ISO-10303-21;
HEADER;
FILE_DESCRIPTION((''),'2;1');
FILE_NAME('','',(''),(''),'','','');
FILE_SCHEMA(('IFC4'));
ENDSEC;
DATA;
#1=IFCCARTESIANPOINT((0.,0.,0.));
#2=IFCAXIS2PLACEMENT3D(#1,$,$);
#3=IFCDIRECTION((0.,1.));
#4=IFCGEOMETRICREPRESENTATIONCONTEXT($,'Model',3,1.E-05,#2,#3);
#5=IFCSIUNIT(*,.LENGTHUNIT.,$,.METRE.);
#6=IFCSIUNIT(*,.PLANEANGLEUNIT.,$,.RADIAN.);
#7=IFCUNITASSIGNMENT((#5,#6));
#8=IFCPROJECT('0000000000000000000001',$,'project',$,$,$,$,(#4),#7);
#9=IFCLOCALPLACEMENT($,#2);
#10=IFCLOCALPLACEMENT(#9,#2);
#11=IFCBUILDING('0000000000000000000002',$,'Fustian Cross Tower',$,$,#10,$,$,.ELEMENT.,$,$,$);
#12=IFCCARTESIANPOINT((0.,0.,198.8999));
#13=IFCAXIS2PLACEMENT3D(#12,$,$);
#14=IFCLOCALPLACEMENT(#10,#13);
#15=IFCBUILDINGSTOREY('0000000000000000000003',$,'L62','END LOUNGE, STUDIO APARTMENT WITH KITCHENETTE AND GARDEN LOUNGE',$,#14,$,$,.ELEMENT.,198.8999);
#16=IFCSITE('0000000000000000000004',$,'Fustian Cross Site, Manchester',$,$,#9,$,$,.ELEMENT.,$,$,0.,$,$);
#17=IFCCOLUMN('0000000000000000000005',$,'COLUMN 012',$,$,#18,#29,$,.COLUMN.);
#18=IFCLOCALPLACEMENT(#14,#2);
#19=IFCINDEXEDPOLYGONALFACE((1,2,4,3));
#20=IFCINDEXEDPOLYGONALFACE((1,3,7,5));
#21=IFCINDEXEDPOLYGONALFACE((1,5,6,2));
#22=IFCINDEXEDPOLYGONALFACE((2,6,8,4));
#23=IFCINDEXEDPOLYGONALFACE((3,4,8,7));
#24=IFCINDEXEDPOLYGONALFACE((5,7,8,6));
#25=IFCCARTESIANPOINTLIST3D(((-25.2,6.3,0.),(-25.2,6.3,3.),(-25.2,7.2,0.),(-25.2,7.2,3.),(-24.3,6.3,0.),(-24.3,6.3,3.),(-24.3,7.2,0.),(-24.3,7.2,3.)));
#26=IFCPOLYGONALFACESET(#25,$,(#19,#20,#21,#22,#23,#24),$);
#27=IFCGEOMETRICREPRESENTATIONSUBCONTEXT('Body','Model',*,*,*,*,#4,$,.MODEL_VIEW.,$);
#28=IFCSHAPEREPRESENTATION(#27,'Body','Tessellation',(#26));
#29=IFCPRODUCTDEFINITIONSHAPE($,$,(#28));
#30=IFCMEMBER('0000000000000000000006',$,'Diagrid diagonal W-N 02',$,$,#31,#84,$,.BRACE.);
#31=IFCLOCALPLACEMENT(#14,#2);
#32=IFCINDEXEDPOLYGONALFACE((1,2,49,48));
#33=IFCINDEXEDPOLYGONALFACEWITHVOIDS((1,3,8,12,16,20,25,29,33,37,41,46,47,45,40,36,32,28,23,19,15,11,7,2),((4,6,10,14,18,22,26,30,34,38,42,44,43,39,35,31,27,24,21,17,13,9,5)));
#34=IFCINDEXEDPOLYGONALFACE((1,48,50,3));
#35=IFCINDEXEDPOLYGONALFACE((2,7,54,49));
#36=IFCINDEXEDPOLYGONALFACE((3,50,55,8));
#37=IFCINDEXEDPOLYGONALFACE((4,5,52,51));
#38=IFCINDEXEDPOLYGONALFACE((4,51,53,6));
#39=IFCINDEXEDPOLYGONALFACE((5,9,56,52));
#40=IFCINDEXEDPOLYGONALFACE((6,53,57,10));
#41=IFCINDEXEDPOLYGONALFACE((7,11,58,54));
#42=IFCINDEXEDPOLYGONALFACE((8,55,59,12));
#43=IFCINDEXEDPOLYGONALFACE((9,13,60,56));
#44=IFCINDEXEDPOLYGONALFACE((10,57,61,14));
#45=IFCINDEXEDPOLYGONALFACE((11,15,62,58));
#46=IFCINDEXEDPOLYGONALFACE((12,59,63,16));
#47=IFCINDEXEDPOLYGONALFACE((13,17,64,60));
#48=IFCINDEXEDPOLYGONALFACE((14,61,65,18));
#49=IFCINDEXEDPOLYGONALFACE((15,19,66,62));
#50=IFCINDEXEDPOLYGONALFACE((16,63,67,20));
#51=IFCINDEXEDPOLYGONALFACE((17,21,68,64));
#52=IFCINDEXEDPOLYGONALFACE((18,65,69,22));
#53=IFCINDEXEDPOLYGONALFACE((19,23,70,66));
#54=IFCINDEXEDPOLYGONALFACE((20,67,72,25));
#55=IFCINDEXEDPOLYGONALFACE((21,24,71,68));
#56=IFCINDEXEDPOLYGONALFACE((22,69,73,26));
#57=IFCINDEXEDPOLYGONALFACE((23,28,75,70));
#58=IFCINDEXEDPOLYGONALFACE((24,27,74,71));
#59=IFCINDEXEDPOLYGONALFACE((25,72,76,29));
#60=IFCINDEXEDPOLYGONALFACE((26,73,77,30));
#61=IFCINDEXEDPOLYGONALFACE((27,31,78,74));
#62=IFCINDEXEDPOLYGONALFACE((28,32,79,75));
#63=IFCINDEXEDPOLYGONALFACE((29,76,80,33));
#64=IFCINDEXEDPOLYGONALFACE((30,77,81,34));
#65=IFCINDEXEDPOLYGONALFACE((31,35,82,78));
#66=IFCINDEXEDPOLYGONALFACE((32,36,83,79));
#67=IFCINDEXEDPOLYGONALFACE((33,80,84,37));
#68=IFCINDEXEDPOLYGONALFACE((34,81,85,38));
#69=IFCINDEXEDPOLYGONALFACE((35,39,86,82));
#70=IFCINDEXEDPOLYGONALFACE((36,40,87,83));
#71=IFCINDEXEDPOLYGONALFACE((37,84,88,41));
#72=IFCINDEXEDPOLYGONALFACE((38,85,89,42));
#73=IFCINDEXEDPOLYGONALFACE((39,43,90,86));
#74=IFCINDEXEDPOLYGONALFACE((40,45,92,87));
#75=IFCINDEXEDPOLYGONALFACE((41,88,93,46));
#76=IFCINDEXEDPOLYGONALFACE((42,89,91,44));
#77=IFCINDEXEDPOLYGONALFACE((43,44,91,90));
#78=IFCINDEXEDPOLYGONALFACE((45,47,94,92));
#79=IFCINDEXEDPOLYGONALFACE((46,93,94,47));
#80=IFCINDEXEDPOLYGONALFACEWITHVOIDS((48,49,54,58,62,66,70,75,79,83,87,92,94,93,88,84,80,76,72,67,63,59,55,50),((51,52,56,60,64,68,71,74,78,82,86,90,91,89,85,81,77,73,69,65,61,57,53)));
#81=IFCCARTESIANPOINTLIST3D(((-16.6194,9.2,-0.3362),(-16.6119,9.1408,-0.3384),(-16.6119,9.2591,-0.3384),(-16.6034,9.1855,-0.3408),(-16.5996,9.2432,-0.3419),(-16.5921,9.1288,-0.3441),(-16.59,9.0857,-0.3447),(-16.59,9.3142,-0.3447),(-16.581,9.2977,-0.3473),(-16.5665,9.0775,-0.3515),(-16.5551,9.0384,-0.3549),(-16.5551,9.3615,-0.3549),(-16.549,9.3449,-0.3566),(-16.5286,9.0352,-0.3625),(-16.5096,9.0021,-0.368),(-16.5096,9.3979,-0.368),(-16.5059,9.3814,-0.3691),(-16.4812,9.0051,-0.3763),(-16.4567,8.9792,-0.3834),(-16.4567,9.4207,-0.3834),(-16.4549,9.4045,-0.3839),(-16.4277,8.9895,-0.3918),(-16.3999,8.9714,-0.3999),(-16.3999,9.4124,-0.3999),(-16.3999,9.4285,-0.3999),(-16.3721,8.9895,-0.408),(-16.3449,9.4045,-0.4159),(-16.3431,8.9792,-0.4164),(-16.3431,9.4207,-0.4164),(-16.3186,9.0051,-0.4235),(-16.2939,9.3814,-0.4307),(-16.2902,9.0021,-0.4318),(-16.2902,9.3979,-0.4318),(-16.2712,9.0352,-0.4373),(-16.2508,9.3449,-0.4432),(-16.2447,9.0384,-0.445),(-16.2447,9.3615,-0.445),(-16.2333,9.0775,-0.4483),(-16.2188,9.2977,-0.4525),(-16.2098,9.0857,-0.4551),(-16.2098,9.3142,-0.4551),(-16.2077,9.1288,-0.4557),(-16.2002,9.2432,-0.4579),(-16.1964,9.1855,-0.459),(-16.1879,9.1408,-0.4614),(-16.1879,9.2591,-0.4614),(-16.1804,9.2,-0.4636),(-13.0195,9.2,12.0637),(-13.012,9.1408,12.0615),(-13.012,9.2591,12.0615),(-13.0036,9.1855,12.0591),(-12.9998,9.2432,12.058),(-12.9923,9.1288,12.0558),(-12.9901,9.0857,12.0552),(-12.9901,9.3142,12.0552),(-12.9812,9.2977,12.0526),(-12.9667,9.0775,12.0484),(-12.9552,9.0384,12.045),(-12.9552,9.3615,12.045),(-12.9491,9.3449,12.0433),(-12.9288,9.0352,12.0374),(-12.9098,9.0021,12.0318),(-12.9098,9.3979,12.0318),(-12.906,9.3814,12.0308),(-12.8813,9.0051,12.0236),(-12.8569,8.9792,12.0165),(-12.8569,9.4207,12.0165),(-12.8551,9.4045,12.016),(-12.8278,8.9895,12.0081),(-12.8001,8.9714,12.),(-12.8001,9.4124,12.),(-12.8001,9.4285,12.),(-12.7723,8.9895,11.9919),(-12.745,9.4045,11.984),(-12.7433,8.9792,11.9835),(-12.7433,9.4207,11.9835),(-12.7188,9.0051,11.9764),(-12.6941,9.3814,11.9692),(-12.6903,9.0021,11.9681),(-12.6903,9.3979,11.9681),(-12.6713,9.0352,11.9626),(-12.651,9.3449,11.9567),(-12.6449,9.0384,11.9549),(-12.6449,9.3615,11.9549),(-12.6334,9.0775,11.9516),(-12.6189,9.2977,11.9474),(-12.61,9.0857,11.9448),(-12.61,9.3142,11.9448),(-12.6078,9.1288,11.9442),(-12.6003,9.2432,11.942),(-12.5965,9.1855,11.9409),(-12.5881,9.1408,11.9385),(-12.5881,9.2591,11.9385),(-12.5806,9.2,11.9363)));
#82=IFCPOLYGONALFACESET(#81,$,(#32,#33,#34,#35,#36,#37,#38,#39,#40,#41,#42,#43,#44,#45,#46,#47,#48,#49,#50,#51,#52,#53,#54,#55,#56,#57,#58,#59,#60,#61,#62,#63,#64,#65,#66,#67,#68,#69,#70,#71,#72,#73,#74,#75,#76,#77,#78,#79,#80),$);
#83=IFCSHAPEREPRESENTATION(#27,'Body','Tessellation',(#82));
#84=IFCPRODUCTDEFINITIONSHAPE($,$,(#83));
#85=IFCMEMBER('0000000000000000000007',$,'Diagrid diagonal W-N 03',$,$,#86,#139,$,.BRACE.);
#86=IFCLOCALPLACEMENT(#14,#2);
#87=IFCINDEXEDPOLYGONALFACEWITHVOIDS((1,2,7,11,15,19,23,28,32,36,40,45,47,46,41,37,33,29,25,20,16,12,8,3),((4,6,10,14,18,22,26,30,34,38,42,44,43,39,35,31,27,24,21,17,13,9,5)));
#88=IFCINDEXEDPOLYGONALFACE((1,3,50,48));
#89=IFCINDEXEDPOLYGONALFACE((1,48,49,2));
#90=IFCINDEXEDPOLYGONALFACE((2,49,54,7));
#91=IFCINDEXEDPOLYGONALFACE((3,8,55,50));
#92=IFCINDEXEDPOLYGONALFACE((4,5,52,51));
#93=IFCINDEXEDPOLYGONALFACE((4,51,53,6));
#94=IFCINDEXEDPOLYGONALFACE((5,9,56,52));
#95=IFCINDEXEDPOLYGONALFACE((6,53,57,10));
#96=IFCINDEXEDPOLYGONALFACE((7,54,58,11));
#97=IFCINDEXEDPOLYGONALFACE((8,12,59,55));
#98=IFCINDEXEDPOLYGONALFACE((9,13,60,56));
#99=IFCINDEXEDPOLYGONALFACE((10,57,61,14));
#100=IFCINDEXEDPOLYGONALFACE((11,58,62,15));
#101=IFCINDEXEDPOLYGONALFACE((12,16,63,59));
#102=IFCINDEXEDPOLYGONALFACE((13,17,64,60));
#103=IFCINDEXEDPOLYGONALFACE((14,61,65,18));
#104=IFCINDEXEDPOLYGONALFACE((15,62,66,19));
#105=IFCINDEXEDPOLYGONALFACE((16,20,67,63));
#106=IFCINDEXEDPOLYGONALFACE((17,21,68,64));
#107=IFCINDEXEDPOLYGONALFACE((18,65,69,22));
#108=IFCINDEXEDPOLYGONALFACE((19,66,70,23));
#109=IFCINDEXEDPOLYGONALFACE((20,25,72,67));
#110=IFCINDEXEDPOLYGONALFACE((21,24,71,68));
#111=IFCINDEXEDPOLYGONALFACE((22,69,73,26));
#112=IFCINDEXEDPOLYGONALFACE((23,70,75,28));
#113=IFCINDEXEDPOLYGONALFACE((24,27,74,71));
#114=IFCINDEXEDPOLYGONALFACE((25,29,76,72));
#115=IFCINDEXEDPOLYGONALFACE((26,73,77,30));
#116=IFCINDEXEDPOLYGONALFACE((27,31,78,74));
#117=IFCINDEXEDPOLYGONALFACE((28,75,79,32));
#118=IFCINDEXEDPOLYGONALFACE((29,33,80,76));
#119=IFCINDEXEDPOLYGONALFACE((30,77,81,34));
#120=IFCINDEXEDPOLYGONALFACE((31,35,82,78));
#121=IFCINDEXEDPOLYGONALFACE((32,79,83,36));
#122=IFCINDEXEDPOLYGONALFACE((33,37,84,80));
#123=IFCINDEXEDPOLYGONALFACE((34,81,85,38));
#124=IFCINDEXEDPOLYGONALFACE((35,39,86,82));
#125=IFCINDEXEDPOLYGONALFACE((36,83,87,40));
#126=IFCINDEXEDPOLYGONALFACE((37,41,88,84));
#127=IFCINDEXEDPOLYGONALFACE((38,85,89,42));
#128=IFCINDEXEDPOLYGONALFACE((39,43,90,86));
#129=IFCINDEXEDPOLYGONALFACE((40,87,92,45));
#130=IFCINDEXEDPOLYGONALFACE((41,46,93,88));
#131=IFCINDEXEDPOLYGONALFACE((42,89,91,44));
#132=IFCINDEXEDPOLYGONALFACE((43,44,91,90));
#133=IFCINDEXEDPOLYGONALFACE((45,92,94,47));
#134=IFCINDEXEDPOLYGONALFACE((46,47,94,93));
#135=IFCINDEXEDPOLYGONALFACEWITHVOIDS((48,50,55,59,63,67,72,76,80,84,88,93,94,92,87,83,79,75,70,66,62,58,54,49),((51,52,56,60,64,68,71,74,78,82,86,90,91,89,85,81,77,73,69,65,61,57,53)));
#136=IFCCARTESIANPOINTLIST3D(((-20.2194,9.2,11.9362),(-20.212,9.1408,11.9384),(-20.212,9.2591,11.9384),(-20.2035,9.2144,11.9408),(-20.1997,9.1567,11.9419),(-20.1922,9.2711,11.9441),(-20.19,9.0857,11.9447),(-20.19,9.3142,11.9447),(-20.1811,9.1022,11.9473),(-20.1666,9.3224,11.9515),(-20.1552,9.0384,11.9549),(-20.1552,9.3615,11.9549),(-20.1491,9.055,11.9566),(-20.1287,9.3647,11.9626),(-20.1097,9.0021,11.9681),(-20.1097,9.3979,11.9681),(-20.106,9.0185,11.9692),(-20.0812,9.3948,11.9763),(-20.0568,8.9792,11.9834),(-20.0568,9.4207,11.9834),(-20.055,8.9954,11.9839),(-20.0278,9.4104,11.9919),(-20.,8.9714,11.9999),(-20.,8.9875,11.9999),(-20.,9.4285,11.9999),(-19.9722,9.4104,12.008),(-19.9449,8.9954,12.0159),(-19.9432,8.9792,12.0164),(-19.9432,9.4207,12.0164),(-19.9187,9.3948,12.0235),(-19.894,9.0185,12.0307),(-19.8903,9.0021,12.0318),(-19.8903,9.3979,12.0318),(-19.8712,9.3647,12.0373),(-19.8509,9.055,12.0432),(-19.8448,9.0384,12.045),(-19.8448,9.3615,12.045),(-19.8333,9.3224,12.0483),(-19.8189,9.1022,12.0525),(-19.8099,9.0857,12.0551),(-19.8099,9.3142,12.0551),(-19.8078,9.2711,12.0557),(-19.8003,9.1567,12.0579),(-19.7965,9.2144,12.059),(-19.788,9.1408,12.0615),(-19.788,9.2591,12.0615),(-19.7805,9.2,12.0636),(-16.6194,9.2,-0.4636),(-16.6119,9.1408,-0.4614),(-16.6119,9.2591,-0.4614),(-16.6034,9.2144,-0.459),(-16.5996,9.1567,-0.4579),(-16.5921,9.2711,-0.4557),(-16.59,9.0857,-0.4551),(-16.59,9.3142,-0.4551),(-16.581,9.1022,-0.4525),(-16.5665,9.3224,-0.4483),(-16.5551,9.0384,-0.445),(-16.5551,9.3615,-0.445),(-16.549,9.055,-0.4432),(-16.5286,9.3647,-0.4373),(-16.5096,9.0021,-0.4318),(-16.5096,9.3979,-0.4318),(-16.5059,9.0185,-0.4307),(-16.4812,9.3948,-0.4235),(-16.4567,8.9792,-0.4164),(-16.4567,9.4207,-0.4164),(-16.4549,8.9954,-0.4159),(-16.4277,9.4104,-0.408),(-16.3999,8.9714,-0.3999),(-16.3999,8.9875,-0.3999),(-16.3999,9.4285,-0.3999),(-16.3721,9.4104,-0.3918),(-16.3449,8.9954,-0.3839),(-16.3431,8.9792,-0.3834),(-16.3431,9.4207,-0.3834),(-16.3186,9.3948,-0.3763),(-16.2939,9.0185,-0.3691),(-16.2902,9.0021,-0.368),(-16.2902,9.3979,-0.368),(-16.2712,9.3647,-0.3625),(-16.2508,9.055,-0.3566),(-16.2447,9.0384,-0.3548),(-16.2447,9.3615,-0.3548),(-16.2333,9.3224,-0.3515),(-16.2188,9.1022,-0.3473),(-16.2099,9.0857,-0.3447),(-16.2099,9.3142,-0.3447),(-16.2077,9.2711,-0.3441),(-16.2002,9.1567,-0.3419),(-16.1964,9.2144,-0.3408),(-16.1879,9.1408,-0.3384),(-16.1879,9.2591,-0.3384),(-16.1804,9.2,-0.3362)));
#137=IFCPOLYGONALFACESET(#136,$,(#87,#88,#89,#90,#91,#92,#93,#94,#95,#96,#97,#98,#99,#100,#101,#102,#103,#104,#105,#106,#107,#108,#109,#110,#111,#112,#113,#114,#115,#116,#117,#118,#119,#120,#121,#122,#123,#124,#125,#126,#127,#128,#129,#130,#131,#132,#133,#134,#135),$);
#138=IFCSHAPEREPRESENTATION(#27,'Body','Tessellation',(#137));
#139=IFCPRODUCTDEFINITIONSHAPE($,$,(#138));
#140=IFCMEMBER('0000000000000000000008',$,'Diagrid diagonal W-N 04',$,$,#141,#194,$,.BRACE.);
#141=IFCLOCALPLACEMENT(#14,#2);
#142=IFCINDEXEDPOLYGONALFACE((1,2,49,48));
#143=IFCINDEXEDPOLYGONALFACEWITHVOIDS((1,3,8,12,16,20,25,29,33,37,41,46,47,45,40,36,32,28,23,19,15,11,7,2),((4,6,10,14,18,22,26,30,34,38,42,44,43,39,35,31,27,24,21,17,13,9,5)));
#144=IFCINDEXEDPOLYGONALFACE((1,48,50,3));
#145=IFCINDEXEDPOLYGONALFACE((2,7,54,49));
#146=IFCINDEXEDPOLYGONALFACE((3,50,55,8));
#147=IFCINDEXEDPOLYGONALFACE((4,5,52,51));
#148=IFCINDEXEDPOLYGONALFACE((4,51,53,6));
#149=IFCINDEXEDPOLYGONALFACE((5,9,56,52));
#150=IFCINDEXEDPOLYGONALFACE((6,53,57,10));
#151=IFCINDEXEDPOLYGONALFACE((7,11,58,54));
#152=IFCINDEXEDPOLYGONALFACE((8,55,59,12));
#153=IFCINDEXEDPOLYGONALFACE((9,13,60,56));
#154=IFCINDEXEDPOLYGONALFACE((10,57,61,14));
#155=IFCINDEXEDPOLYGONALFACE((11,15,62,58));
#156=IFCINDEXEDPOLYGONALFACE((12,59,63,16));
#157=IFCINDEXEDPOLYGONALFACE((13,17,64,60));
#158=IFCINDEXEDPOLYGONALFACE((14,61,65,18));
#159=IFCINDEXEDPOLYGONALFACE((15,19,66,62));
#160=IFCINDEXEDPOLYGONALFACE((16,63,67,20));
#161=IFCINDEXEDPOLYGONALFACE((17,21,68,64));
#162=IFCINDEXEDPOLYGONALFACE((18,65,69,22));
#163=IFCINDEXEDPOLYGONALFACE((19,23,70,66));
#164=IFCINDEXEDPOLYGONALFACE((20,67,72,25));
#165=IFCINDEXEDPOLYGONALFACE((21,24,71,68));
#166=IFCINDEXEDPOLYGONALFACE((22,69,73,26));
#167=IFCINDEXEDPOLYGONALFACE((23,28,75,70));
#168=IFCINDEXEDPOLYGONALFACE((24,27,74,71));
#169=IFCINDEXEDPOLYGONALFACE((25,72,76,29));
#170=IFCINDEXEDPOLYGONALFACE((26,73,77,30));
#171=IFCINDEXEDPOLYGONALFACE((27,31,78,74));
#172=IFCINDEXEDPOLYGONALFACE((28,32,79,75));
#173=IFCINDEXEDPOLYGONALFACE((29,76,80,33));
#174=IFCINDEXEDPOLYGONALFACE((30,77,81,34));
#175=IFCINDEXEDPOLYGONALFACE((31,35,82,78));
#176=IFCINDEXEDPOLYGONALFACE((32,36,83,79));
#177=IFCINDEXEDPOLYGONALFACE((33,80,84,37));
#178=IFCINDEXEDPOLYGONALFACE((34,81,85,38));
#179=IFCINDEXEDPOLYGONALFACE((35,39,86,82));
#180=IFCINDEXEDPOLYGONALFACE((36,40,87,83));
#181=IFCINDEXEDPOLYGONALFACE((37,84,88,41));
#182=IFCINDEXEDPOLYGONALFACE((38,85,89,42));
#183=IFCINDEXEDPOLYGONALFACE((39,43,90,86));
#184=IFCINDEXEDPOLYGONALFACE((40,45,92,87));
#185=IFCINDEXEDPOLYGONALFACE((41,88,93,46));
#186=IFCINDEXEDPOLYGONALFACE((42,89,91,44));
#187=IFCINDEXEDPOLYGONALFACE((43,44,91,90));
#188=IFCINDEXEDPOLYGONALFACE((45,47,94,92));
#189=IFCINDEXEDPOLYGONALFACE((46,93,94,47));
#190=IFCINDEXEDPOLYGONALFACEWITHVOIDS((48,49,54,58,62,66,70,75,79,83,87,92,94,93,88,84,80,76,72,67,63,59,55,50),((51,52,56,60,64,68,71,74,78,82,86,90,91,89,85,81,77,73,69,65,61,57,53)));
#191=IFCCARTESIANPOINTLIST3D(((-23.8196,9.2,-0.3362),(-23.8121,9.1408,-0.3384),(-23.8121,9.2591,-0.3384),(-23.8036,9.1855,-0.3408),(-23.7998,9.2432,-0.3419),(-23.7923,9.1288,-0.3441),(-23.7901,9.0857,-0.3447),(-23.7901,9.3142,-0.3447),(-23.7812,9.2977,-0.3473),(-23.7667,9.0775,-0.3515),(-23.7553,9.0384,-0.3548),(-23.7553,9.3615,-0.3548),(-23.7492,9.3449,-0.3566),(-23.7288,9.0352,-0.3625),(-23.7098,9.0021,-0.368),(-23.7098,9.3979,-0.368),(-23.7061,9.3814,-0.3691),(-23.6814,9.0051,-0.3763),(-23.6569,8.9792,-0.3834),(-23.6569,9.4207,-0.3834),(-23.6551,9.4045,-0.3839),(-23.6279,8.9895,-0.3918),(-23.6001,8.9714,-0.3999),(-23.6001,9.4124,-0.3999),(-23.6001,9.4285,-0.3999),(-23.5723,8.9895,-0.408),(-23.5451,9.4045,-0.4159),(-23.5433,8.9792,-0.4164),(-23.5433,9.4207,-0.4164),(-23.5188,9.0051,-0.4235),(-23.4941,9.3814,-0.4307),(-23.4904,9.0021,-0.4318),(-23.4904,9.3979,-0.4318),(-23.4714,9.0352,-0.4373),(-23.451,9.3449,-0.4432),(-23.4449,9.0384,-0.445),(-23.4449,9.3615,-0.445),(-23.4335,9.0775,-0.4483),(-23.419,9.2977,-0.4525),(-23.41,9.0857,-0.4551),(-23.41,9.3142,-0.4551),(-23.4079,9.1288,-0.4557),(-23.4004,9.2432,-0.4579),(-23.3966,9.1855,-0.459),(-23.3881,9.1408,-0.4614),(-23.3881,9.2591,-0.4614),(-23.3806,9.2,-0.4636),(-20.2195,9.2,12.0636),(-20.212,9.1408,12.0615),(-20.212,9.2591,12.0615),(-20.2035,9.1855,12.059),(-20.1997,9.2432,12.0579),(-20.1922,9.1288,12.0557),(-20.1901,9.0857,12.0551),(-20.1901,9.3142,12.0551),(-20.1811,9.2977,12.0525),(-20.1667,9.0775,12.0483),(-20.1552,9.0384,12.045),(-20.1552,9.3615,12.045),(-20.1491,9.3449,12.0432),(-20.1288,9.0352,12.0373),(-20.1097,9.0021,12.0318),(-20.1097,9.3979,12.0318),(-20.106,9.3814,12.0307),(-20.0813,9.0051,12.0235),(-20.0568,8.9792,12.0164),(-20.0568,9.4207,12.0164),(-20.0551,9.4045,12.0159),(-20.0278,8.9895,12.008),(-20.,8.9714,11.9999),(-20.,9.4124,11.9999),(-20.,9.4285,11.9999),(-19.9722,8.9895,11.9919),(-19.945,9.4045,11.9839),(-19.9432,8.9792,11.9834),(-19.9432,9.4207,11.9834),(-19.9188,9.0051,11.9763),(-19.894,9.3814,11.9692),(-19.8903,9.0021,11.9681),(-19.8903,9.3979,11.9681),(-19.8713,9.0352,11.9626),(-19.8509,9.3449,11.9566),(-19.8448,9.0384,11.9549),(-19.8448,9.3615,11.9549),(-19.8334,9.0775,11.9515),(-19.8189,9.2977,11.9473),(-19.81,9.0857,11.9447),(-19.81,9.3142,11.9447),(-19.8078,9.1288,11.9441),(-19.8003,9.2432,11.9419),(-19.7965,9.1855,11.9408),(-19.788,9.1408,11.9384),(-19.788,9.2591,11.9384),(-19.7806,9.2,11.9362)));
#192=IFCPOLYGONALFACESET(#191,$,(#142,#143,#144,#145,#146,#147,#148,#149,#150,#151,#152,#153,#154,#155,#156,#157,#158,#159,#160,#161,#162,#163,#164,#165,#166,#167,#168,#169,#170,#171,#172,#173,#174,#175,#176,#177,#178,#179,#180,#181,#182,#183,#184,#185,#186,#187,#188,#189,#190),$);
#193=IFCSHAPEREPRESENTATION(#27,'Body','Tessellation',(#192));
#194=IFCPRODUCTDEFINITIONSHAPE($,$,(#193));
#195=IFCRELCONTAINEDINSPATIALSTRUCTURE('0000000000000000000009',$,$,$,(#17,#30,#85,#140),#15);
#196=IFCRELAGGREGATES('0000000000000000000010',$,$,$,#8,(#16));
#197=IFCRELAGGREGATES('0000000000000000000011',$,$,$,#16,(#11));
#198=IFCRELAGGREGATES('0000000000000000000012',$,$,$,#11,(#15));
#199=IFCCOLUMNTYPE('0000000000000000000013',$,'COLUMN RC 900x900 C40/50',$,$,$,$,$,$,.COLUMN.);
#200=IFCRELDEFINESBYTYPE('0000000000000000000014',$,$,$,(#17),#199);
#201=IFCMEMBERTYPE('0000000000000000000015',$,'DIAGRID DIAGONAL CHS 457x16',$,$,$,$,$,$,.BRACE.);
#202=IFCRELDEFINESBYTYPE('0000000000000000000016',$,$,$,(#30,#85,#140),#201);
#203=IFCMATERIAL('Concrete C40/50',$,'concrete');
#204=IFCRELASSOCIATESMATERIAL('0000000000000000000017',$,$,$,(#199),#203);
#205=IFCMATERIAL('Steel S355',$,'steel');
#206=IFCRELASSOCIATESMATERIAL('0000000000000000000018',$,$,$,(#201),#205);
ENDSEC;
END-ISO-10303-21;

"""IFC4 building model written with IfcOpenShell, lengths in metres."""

from ifc_helpers import new_model, si_unit, direction, frame, origin, origin_2d, place, context, subcontext, project, spatial, rectangle, hollow_circle, extrude, material, material_profile, profile_set, type_object, element, save


model = new_model("IFC4")

# Units and contexts
model_context = context("Model", 3, precision=1e-05, world=origin(), true_north=direction((0.0, 1.0)))
body_context = subcontext(model_context, "Body", "Model", "MODEL_VIEW")
ifc_project = project(units=[si_unit("LENGTHUNIT", "METRE"), si_unit("PLANEANGLEUNIT", "RADIAN")], contexts=[model_context])

# Site, building, storey
site_placement = place(None, origin())
site = spatial("IfcSite", under=ifc_project, at=site_placement, Name="Fustian Cross Site, Manchester", CompositionType="ELEMENT", RefElevation=0.0)
building_placement = place(site_placement, origin())
building = spatial("IfcBuilding", under=site, at=building_placement, Name="Fustian Cross Tower", CompositionType="ELEMENT")
storey_placement = place(building_placement, frame((0.0, 0.0, 198.8999)))
storey = spatial("IfcBuildingStorey", under=building, at=storey_placement, Name="L62", Description="END LOUNGE, STUDIO APARTMENT WITH KITCHENETTE AND GARDEN LOUNGE", CompositionType="ELEMENT", Elevation=198.8999)

# Column
ifc_material_1 = material(Name="Concrete C40/50", Category="concrete")
ifc_material_profile_1 = material_profile(ifc_material_1, rectangle(XDim=0.8999, YDim=0.8999, at=origin_2d()), Name="RC 900x900")
ifc_profile_set_1 = profile_set([ifc_material_profile_1], Name="Concrete C40/50")
column_type = type_object("IfcColumnType", Name="COLUMN RC 900x900 C40/50", PredefinedType="COLUMN", material=ifc_profile_set_1)
column_placement = place(storey_placement, frame((-24.75, 6.75, 0.0), z_axis=(0.0, 0.0, 1.0), x_axis=(1.0, 0.0, 0.0)))
element("IfcColumn", 1, at=column_placement, inside=storey, type_object=column_type, Name="COLUMN 012", PredefinedType="COLUMN", context=body_context, shape_type="SweptSolid", body=[
    extrude(rectangle(XDim=0.8999, YDim=0.8999, at=origin_2d()), origin(), (0.0, 0.0, 1.0), 3.0),
])

# Members
ifc_material_2 = material(Name="Steel S355", Category="steel")
ifc_material_profile_2 = material_profile(ifc_material_2, hollow_circle(Radius=0.2285, WallThickness=0.0161, at=origin_2d()), Name="CHS 457x16")
ifc_profile_set_2 = profile_set([ifc_material_profile_2], Name="Steel S355")
member_type_1 = type_object("IfcMemberType", Name="DIAGRID DIAGONAL CHS 457x16", PredefinedType="BRACE", material=ifc_profile_set_2)
for number, where, z_axis, x_axis, name in (
    (2, (-16.3999, 9.2, -0.3999), (0.278802, 0.0, 0.960349), (0.0, 1.0, 0.0), "Diagrid diagonal W-N 02"),
    (3, (-16.3999, 9.2, -0.3999), (-0.278819, 0.0, 0.960344), (0.0, -1.0, 0.0), "Diagrid diagonal W-N 03"),
    (4, (-23.6001, 9.2, -0.3999), (0.278819, 0.0, 0.960344), (0.0, 1.0, 0.0), "Diagrid diagonal W-N 04"),
):
    element("IfcMember", number, at=place(storey_placement, frame(where, z_axis=z_axis, x_axis=x_axis)), inside=storey, type_object=member_type_1, Name=name, PredefinedType="BRACE", context=body_context, shape_type="SweptSolid", body=[
        extrude(hollow_circle(Radius=0.2285, WallThickness=0.0161, at=origin_2d()), origin(), (0.0, 0.0, 1.0), 12.9119),
    ])

save(model, "model.ifc")
